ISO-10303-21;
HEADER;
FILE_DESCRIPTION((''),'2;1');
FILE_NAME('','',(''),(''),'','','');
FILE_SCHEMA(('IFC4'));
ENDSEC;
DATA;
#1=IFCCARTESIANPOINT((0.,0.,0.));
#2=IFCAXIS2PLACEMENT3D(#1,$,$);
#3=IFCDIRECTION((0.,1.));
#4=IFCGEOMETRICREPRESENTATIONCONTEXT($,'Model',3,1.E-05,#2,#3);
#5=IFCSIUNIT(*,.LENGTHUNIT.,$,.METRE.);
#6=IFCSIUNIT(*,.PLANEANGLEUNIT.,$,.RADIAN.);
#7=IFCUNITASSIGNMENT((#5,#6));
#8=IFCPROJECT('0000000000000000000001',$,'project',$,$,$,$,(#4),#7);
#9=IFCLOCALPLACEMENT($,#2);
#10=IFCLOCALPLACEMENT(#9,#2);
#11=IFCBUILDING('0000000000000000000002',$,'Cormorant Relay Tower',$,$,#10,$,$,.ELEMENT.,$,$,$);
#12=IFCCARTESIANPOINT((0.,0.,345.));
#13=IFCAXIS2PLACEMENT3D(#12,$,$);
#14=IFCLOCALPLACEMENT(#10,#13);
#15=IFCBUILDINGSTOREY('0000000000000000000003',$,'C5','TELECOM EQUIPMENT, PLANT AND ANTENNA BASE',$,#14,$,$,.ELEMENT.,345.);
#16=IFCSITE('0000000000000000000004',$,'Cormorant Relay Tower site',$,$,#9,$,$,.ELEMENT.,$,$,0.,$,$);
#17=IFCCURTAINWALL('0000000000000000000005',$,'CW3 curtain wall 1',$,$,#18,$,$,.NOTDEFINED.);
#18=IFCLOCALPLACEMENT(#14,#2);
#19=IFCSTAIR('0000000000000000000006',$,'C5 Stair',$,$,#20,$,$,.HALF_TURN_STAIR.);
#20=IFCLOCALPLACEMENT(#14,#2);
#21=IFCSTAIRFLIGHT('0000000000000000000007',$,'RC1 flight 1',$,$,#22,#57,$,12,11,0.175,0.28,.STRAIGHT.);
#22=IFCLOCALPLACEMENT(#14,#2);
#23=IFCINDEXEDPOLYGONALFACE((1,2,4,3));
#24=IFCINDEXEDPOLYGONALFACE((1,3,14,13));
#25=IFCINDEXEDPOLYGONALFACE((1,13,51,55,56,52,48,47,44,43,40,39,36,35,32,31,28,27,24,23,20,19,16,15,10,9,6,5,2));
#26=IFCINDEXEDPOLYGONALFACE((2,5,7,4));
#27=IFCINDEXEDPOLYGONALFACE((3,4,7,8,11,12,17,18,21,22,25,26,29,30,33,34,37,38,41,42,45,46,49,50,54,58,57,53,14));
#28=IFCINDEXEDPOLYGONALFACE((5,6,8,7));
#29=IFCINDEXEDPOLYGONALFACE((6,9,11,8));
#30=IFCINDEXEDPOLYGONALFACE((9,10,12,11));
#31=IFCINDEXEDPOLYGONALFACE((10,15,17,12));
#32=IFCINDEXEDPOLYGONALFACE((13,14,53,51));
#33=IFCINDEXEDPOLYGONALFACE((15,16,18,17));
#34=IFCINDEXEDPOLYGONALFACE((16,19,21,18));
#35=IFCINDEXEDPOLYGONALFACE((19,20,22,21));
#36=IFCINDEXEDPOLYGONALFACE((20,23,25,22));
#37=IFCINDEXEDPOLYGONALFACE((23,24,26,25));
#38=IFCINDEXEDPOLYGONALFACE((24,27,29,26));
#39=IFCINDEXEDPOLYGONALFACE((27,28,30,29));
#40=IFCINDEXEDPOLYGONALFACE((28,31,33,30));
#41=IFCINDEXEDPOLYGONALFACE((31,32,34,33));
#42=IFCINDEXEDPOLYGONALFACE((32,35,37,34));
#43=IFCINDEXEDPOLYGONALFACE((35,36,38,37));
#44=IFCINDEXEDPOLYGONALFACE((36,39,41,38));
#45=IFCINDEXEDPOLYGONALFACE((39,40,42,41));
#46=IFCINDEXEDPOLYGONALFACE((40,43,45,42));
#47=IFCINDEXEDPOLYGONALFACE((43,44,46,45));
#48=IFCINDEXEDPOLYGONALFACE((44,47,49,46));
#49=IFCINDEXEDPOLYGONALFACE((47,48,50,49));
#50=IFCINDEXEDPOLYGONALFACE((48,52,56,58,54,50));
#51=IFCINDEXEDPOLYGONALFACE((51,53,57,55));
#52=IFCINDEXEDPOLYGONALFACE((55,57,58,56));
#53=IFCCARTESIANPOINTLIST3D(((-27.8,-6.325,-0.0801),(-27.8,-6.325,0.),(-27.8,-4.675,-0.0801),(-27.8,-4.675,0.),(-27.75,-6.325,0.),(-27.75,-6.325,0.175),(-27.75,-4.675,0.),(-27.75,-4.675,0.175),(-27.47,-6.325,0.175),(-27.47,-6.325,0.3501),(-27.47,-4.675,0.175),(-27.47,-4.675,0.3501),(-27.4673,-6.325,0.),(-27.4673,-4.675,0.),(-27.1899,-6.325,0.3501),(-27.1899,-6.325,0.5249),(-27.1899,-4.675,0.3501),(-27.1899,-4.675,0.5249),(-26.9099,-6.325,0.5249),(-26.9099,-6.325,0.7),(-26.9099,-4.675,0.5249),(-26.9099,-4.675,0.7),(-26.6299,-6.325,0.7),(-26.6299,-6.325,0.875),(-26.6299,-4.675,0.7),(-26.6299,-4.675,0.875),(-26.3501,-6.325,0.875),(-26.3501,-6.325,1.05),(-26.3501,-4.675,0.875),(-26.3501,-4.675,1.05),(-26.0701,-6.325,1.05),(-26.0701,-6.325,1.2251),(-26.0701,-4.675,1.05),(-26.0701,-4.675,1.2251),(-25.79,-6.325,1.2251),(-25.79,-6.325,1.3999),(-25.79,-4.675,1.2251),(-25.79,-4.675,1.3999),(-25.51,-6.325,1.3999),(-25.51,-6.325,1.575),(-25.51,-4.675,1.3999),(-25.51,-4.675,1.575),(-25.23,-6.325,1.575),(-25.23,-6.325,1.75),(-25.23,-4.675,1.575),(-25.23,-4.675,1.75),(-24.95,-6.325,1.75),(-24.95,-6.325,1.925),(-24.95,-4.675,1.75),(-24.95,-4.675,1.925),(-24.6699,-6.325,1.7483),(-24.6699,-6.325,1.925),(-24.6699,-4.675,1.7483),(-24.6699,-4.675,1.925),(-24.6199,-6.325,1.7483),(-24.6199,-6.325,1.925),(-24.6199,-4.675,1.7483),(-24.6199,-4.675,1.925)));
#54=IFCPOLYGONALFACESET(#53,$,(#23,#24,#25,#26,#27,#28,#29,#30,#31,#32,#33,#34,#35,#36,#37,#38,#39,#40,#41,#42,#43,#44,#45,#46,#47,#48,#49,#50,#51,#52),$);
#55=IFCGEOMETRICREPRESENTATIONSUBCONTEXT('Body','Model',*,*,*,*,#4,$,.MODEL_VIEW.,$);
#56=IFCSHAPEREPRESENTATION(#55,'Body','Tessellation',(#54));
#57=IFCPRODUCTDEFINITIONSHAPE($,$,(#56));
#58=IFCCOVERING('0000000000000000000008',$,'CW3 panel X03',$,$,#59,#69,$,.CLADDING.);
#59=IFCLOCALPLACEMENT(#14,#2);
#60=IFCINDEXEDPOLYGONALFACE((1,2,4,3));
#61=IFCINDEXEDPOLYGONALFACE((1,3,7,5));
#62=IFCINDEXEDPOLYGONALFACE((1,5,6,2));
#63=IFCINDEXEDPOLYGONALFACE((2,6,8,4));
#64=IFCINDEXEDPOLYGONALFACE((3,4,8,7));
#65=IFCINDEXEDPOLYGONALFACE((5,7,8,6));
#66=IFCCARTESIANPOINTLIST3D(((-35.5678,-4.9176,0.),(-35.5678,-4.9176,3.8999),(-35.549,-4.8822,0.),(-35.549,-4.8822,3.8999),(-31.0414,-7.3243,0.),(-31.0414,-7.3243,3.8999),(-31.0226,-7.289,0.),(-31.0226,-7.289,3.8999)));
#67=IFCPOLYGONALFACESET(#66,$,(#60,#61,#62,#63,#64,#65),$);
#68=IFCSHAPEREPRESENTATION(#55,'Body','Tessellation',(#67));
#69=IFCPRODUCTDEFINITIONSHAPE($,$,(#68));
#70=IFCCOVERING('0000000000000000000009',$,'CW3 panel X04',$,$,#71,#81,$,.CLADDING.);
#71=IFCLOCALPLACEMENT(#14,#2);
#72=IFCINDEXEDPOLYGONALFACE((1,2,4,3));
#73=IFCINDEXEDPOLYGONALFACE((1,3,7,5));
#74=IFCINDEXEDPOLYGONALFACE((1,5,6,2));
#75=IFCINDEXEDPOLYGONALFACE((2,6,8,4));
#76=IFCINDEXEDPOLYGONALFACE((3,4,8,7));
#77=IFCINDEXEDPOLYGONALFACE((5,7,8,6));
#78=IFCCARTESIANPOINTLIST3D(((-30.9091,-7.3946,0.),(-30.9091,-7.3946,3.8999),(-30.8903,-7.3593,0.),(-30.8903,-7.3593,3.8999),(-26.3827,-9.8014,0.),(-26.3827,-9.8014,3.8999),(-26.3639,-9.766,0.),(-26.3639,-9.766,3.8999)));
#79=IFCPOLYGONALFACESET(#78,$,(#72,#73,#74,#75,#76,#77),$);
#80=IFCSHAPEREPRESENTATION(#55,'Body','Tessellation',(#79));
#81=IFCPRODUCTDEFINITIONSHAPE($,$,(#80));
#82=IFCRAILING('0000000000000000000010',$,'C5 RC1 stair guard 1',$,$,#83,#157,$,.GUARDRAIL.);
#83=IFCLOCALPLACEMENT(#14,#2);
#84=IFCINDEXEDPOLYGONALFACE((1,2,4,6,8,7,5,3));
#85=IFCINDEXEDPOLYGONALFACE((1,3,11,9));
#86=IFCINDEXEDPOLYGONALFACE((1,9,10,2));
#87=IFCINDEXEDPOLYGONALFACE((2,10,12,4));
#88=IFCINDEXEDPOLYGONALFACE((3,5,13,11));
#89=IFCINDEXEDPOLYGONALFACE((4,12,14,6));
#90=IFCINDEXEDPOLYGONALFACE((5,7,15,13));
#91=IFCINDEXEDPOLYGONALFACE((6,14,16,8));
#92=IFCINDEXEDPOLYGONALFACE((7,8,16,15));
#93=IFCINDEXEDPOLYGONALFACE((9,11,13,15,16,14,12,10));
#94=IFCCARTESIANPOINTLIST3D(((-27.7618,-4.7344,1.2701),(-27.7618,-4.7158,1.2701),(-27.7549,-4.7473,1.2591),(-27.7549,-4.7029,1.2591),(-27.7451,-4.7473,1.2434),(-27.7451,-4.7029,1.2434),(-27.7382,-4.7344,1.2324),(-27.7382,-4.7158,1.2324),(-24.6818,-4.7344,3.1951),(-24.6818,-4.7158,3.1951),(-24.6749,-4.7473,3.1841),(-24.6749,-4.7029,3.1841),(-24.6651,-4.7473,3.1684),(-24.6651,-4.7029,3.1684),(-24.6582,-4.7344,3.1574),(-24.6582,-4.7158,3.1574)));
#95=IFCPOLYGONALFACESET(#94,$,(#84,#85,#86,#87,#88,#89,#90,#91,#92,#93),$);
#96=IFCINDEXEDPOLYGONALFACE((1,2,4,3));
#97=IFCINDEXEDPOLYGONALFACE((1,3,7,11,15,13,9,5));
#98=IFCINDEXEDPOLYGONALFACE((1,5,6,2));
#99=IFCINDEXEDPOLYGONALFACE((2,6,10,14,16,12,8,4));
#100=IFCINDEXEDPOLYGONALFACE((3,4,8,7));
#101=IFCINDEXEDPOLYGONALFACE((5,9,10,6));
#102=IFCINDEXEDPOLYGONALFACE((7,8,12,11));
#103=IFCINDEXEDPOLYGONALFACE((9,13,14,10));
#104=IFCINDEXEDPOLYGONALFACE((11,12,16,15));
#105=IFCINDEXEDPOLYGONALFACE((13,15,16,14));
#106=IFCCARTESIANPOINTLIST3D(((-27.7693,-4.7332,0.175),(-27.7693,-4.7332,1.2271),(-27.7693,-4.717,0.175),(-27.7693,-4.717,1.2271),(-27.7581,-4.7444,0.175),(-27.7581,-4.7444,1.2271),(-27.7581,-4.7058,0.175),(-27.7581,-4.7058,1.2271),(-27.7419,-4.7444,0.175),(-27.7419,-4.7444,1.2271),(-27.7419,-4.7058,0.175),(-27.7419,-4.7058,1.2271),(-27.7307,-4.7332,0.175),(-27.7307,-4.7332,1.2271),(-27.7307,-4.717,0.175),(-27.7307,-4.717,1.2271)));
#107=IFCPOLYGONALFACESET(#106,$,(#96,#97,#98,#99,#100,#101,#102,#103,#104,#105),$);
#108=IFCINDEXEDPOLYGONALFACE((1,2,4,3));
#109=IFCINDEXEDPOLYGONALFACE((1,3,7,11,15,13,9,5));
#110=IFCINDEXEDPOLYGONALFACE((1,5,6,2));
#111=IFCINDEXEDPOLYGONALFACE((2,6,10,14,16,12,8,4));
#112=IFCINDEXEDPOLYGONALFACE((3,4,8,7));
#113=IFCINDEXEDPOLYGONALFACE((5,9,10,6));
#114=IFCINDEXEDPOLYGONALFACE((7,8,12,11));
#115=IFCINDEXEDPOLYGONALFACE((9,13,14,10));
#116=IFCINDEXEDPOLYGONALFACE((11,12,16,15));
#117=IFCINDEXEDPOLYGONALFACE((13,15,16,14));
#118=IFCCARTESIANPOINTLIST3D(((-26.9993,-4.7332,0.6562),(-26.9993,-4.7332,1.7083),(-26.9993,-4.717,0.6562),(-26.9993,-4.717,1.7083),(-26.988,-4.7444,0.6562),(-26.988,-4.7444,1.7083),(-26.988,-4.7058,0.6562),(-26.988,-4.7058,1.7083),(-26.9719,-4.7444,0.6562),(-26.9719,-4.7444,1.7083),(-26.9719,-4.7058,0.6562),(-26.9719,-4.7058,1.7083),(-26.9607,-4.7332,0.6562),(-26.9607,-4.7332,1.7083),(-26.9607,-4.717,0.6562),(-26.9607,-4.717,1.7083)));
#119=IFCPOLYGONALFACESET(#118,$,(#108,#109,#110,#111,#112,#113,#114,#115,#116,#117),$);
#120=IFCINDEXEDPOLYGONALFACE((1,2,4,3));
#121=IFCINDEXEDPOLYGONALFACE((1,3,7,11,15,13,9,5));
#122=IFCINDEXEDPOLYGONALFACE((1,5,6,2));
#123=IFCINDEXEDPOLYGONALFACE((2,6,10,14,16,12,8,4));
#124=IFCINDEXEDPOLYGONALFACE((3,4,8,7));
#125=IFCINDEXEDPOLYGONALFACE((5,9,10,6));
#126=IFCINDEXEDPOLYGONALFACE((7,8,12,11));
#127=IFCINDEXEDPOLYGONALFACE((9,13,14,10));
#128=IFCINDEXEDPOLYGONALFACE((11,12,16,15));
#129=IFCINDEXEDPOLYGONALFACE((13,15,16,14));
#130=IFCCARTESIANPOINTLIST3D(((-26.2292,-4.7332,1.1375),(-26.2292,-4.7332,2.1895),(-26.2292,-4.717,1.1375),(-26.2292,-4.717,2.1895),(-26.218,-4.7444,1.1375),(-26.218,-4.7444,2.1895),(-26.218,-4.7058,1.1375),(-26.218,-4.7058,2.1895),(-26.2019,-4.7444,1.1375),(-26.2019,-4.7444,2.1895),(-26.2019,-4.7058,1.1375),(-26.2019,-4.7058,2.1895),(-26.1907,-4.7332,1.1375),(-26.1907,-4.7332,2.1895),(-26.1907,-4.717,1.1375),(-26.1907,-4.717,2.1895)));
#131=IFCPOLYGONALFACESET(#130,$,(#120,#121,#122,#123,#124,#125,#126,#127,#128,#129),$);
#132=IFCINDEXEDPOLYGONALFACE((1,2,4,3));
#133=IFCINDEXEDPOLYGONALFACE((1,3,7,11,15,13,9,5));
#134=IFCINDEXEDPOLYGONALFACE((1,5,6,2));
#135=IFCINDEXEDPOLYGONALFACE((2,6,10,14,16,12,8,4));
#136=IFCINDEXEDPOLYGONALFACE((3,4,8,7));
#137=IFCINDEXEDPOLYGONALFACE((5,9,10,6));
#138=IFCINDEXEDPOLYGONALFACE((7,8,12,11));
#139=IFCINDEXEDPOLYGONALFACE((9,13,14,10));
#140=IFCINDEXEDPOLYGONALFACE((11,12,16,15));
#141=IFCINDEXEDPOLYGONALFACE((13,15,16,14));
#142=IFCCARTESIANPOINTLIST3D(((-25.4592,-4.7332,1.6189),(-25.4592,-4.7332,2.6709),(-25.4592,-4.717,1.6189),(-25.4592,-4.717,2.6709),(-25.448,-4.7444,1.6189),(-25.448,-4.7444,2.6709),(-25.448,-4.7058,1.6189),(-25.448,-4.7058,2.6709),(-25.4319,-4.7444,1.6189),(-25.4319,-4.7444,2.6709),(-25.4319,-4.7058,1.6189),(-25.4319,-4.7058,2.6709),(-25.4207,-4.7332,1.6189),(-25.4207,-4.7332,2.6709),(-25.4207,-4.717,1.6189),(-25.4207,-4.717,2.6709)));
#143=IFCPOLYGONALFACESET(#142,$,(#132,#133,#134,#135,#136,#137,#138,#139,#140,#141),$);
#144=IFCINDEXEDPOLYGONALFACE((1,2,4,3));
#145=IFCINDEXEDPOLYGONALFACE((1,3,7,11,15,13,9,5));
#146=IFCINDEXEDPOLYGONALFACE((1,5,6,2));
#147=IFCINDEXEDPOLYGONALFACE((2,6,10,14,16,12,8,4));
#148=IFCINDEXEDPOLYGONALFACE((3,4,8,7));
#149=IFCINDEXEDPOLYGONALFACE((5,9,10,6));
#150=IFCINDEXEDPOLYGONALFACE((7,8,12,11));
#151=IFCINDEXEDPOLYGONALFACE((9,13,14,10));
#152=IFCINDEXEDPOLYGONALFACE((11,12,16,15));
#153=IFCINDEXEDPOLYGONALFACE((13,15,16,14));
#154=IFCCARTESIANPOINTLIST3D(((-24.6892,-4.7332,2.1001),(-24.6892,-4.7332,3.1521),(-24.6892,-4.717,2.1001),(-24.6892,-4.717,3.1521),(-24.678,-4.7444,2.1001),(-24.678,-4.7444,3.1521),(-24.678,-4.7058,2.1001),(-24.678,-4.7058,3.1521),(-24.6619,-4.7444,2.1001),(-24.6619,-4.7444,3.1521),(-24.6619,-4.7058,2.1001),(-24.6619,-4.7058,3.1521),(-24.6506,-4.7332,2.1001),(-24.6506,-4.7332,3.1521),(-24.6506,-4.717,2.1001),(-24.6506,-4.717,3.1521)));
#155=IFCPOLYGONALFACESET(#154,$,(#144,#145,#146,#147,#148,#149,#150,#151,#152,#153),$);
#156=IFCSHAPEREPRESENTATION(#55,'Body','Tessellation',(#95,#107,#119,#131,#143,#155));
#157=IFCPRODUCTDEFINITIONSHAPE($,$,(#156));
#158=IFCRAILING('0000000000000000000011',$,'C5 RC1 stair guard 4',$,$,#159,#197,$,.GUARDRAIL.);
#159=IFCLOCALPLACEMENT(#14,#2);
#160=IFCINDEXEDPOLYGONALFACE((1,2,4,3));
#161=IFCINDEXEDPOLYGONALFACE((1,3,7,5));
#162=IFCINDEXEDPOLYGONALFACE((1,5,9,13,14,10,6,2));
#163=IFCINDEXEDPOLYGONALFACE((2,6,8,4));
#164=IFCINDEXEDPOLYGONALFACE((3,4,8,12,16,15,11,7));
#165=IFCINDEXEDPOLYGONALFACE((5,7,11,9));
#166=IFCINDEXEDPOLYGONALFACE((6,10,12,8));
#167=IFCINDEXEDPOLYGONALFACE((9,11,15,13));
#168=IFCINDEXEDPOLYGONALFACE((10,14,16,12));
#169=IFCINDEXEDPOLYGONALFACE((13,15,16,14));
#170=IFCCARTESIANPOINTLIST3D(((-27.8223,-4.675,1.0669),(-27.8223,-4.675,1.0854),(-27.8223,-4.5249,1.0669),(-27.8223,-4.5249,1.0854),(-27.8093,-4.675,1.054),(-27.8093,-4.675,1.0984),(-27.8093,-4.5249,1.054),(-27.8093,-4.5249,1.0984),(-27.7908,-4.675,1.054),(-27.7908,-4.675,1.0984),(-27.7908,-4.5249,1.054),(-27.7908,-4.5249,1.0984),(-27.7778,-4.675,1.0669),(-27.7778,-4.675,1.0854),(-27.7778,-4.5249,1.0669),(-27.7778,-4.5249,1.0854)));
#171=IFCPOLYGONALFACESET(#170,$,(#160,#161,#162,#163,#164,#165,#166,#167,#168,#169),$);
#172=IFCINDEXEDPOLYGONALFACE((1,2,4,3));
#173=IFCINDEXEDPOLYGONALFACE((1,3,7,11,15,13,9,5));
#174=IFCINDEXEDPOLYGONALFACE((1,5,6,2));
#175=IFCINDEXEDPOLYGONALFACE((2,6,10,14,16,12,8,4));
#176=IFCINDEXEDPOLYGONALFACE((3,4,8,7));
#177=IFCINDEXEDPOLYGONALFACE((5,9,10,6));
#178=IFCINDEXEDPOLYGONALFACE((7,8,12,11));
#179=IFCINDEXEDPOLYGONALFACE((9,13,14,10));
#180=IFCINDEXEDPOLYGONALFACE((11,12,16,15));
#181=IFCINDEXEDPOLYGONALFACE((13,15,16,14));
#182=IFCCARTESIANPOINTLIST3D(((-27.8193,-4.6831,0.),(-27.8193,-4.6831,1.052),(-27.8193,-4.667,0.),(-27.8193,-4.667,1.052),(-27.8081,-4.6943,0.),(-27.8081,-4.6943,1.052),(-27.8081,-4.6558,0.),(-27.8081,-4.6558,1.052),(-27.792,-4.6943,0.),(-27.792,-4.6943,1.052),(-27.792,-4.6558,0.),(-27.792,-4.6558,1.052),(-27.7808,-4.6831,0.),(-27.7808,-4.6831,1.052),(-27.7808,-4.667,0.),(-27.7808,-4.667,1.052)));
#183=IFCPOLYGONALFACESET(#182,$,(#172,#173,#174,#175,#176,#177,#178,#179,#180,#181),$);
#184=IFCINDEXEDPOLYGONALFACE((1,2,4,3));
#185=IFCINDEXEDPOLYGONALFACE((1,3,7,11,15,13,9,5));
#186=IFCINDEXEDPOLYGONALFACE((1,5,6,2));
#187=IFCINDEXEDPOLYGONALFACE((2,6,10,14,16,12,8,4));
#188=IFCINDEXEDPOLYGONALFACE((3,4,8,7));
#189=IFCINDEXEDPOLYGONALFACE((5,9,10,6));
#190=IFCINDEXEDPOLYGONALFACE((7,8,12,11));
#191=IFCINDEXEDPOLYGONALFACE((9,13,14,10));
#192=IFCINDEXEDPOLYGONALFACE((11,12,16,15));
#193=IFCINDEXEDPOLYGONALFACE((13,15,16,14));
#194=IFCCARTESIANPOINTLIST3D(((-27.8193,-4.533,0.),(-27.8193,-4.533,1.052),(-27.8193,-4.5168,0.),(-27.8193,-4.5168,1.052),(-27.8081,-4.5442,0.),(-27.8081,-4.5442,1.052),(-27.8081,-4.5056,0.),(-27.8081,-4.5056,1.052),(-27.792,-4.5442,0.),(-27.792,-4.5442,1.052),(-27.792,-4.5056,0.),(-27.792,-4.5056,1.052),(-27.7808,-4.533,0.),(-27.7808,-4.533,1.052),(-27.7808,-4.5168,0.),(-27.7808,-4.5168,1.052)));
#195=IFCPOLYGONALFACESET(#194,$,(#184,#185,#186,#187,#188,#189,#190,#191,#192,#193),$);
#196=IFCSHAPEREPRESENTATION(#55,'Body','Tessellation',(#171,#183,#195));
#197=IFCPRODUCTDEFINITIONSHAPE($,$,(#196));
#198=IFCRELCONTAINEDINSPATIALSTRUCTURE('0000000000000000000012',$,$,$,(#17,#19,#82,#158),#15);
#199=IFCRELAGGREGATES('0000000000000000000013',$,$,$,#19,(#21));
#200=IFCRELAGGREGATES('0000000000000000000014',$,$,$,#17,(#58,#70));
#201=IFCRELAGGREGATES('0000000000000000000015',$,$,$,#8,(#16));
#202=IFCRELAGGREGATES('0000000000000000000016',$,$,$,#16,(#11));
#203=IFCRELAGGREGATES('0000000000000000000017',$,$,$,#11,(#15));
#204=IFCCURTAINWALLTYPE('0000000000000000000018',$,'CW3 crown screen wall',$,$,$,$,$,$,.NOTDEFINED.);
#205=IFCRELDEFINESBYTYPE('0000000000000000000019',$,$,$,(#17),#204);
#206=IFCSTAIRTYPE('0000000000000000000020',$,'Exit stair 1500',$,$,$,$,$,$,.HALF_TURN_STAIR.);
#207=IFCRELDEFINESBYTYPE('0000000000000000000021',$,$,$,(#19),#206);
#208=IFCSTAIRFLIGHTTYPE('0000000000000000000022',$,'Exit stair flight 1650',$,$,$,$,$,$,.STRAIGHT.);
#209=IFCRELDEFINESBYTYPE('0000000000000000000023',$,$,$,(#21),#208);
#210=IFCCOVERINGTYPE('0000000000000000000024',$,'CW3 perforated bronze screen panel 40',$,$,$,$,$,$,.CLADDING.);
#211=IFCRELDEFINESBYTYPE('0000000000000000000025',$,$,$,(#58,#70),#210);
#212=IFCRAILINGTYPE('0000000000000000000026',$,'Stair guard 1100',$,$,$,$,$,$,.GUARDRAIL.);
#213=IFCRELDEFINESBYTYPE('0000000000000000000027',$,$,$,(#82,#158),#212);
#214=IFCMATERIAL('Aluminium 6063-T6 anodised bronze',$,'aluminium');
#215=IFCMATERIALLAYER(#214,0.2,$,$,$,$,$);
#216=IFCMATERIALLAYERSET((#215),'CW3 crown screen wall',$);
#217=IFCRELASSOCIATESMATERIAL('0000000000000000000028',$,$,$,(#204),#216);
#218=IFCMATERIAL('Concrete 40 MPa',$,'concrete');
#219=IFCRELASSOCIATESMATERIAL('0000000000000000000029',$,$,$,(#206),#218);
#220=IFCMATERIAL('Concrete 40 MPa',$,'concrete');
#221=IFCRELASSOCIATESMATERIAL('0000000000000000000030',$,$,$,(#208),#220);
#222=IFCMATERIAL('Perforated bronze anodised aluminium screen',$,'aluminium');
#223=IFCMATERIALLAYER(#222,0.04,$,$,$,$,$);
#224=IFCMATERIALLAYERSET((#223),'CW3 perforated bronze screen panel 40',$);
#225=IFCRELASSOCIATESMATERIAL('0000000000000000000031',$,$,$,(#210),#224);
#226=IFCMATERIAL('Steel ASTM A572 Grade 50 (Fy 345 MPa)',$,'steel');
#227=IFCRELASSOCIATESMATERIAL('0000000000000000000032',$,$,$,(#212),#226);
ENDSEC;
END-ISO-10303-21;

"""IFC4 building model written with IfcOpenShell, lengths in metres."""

from ifc_helpers import new_model, si_unit, direction, frame, origin, origin_2d, place, context, subcontext, project, spatial, polyline, rectangle, outline, extrude, material, layer, layer_set, type_object, element, aggregate, save


model = new_model("IFC4")

# Units and contexts
model_context = context("Model", 3, precision=1e-05, world=origin(), true_north=direction((0.0, 1.0)))
body_context = subcontext(model_context, "Body", "Model", "MODEL_VIEW")
ifc_project = project(units=[si_unit("LENGTHUNIT", "METRE"), si_unit("PLANEANGLEUNIT", "RADIAN")], contexts=[model_context])

# Site, building, storey
site_placement = place(None, origin())
site = spatial("IfcSite", under=ifc_project, at=site_placement, Name="Cormorant Relay Tower site", CompositionType="ELEMENT", RefElevation=0.0)
building_placement = place(site_placement, origin())
building = spatial("IfcBuilding", under=site, at=building_placement, Name="Cormorant Relay Tower", CompositionType="ELEMENT")
storey_placement = place(building_placement, frame((0.0, 0.0, 345.0)))
storey = spatial("IfcBuildingStorey", under=building, at=storey_placement, Name="C5", Description="TELECOM EQUIPMENT, PLANT AND ANTENNA BASE", CompositionType="ELEMENT", Elevation=345.0)

# Curtain wall
ifc_material_1 = material(Name="Aluminium 6063-T6 anodised bronze", Category="aluminium")
ifc_layer_1 = layer(ifc_material_1, 0.2)
ifc_layer_set_1 = layer_set([ifc_layer_1], Name="CW3 crown screen wall")
curtain_wall_type = type_object("IfcCurtainWallType", Name="CW3 crown screen wall", PredefinedType="NOTDEFINED", material=ifc_layer_set_1)
curtain_wall_placement = place(storey_placement, origin())
curtain_wall = element("IfcCurtainWall", 1, at=curtain_wall_placement, inside=storey, type_object=curtain_wall_type, Name="CW3 curtain wall 1", PredefinedType="NOTDEFINED")

# Stair, stair flight
ifc_material_2 = material(Name="Concrete 40 MPa", Category="concrete")
stair_type = type_object("IfcStairType", Name="Exit stair 1500", PredefinedType="HALF_TURN_STAIR", material=ifc_material_2)
stair_placement = place(storey_placement, origin())
stair = element("IfcStair", 2, at=stair_placement, inside=storey, type_object=stair_type, Name="C5 Stair", PredefinedType="HALF_TURN_STAIR")
ifc_material_3 = material(Name="Concrete 40 MPa", Category="concrete")
stair_flight_type = type_object("IfcStairFlightType", Name="Exit stair flight 1650", PredefinedType="STRAIGHT", material=ifc_material_3)
stair_flight_placement = place(storey_placement, frame((-27.75, -5.5, 0.0), z_axis=(0.0, 0.0, 1.0), x_axis=(1.0, 0.0, 0.0)))
stair_flight = element("IfcStairFlight", 3, at=stair_flight_placement, type_object=stair_flight_type, Name="RC1 flight 1", NumberOfRisers=12, NumberOfTreads=11, PredefinedType="STRAIGHT", RiserHeight=0.175, TreadLength=0.28, context=body_context, shape_type="SweptSolid", body=[
    extrude(outline(polyline([(-0.05, -0.0801), (-0.05, 0.0), (0.0, 0.0), (0.0, 0.175), (0.28, 0.175), (0.28, 0.3501), (0.5601, 0.3501), (0.5601, 0.5249), (0.8401, 0.5249), (0.8401, 0.7), (1.1201, 0.7), (1.1201, 0.875), (1.3999, 0.875), (1.3999, 1.05), (1.6799, 1.05), (1.6799, 1.2251), (1.96, 1.2251), (1.96, 1.3999), (2.24, 1.3999), (2.24, 1.575), (2.52, 1.575), (2.52, 1.75), (2.8, 1.75), (2.8, 1.925), (3.0801, 1.925), (3.1301, 1.925), (3.1301, 1.7483), (3.0801, 1.7483), (0.2827, 0.0), (-0.05, -0.0801)])), frame((0.0, 0.825, 0.0), z_axis=(0.0, -1.0, 0.0), x_axis=(1.0, 0.0, 0.0)), (0.0, 0.0, 1.0), 1.6499),
])
aggregate(stair, [stair_flight])

# Coverings
ifc_material_4 = material(Name="Perforated bronze anodised aluminium screen", Category="aluminium")
ifc_layer_2 = layer(ifc_material_4, 0.04)
ifc_layer_set_2 = layer_set([ifc_layer_2], Name="CW3 perforated bronze screen panel 40")
covering_type = type_object("IfcCoveringType", Name="CW3 perforated bronze screen panel 40", PredefinedType="CLADDING", material=ifc_layer_set_2)
covering_1_placement = place(storey_placement, frame((-33.2952, -6.1033, 0.0), z_axis=(0.0, 0.0, 1.0), x_axis=(0.882948, -0.469472, 0.0)))
covering_1 = element("IfcCovering", 4, at=covering_1_placement, type_object=covering_type, Name="CW3 panel X03", PredefinedType="CLADDING", context=body_context, shape_type="SweptSolid", body=[
    extrude(rectangle(XDim=5.1265, YDim=0.04, at=origin_2d()), origin(), (0.0, 0.0, 1.0), 3.8999),
])
covering_2_placement = place(storey_placement, frame((-28.6365, -8.5803, 0.0), z_axis=(0.0, 0.0, 1.0), x_axis=(0.882948, -0.469472, 0.0)))
covering_2 = element("IfcCovering", 5, at=covering_2_placement, type_object=covering_type, Name="CW3 panel X04", PredefinedType="CLADDING", context=body_context, shape_type="SweptSolid", body=[
    extrude(rectangle(XDim=5.1265, YDim=0.04, at=origin_2d()), origin(), (0.0, 0.0, 1.0), 3.8999),
])
aggregate(curtain_wall, [covering_1, covering_2])

# Railings
ifc_material_5 = material(Name="Steel ASTM A572 Grade 50 (Fy 345 MPa)", Category="steel")
railing_type_1 = type_object("IfcRailingType", Name="Stair guard 1100", PredefinedType="GUARDRAIL", material=ifc_material_5)
railing_1_placement = place(storey_placement, frame((-27.75, -4.7251, 0.175)))
element("IfcRailing", 6, at=railing_1_placement, inside=storey, type_object=railing_type_1, Name="C5 RC1 stair guard 1", PredefinedType="GUARDRAIL", context=body_context, shape_type="SweptSolid", body=[
    extrude(outline(polyline([(0.0222, 0.0093), (0.0093, 0.0222), (-0.0093, 0.0222), (-0.0222, 0.0093), (-0.0222, -0.0093), (-0.0093, -0.0222), (0.0093, -0.0222), (0.0222, -0.0093), (0.0222, 0.0093)])), frame((0.0, 0.0, 1.0762), z_axis=(0.847998, 0.0, 0.529999), x_axis=(0.0, 1.0, 0.0)), (0.0, 0.0, 1.0), 3.6321),
    extrude(outline(polyline([(0.0193, 0.0081), (0.0081, 0.0193), (-0.0081, 0.0193), (-0.0193, 0.0081), (-0.0193, -0.0081), (-0.0081, -0.0193), (0.0081, -0.0193), (0.0193, -0.0081), (0.0193, 0.0081)])), origin(), (0.0, 0.0, 1.0), 1.052),
    extrude(outline(polyline([(0.0193, 0.0081), (0.0081, 0.0193), (-0.0081, 0.0193), (-0.0193, 0.0081), (-0.0193, -0.0081), (-0.0081, -0.0193), (0.0081, -0.0193), (0.0193, -0.0081), (0.0193, 0.0081)])), frame((0.77, 0.0, 0.4812)), (0.0, 0.0, 1.0), 1.052),
    extrude(outline(polyline([(0.0193, 0.0081), (0.0081, 0.0193), (-0.0081, 0.0193), (-0.0193, 0.0081), (-0.0193, -0.0081), (-0.0081, -0.0193), (0.0081, -0.0193), (0.0193, -0.0081), (0.0193, 0.0081)])), frame((1.54, 0.0, 0.9624)), (0.0, 0.0, 1.0), 1.052),
    extrude(outline(polyline([(0.0193, 0.0081), (0.0081, 0.0193), (-0.0081, 0.0193), (-0.0193, 0.0081), (-0.0193, -0.0081), (-0.0081, -0.0193), (0.0081, -0.0193), (0.0193, -0.0081), (0.0193, 0.0081)])), frame((2.3101, 0.0, 1.4438)), (0.0, 0.0, 1.0), 1.052),
    extrude(outline(polyline([(0.0193, 0.0081), (0.0081, 0.0193), (-0.0081, 0.0193), (-0.0193, 0.0081), (-0.0193, -0.0081), (-0.0081, -0.0193), (0.0081, -0.0193), (0.0193, -0.0081), (0.0193, 0.0081)])), frame((3.0801, 0.0, 1.925)), (0.0, 0.0, 1.0), 1.052),
])
railing_2_placement = place(storey_placement, frame((-27.8, -4.675, 0.0)))
element("IfcRailing", 7, at=railing_2_placement, inside=storey, type_object=railing_type_1, Name="C5 RC1 stair guard 4", PredefinedType="GUARDRAIL", context=body_context, shape_type="SweptSolid", body=[
    extrude(outline(polyline([(0.0222, 0.0093), (0.0093, 0.0222), (-0.0093, 0.0222), (-0.0222, 0.0093), (-0.0222, -0.0093), (-0.0093, -0.0222), (0.0093, -0.0222), (0.0222, -0.0093), (0.0222, 0.0093)])), frame((0.0, 0.0, 1.0762), z_axis=(0.0, 1.0, 0.0), x_axis=(-1.0, 0.0, 0.0)), (0.0, 0.0, 1.0), 0.1501),
    extrude(outline(polyline([(0.0193, 0.0081), (0.0081, 0.0193), (-0.0081, 0.0193), (-0.0193, 0.0081), (-0.0193, -0.0081), (-0.0081, -0.0193), (0.0081, -0.0193), (0.0193, -0.0081), (0.0193, 0.0081)])), origin(), (0.0, 0.0, 1.0), 1.052),
    extrude(outline(polyline([(0.0193, 0.0081), (0.0081, 0.0193), (-0.0081, 0.0193), (-0.0193, 0.0081), (-0.0193, -0.0081), (-0.0081, -0.0193), (0.0081, -0.0193), (0.0193, -0.0081), (0.0193, 0.0081)])), frame((0.0, 0.1501, 0.0)), (0.0, 0.0, 1.0), 1.052),
])

save(model, "model.ifc")
